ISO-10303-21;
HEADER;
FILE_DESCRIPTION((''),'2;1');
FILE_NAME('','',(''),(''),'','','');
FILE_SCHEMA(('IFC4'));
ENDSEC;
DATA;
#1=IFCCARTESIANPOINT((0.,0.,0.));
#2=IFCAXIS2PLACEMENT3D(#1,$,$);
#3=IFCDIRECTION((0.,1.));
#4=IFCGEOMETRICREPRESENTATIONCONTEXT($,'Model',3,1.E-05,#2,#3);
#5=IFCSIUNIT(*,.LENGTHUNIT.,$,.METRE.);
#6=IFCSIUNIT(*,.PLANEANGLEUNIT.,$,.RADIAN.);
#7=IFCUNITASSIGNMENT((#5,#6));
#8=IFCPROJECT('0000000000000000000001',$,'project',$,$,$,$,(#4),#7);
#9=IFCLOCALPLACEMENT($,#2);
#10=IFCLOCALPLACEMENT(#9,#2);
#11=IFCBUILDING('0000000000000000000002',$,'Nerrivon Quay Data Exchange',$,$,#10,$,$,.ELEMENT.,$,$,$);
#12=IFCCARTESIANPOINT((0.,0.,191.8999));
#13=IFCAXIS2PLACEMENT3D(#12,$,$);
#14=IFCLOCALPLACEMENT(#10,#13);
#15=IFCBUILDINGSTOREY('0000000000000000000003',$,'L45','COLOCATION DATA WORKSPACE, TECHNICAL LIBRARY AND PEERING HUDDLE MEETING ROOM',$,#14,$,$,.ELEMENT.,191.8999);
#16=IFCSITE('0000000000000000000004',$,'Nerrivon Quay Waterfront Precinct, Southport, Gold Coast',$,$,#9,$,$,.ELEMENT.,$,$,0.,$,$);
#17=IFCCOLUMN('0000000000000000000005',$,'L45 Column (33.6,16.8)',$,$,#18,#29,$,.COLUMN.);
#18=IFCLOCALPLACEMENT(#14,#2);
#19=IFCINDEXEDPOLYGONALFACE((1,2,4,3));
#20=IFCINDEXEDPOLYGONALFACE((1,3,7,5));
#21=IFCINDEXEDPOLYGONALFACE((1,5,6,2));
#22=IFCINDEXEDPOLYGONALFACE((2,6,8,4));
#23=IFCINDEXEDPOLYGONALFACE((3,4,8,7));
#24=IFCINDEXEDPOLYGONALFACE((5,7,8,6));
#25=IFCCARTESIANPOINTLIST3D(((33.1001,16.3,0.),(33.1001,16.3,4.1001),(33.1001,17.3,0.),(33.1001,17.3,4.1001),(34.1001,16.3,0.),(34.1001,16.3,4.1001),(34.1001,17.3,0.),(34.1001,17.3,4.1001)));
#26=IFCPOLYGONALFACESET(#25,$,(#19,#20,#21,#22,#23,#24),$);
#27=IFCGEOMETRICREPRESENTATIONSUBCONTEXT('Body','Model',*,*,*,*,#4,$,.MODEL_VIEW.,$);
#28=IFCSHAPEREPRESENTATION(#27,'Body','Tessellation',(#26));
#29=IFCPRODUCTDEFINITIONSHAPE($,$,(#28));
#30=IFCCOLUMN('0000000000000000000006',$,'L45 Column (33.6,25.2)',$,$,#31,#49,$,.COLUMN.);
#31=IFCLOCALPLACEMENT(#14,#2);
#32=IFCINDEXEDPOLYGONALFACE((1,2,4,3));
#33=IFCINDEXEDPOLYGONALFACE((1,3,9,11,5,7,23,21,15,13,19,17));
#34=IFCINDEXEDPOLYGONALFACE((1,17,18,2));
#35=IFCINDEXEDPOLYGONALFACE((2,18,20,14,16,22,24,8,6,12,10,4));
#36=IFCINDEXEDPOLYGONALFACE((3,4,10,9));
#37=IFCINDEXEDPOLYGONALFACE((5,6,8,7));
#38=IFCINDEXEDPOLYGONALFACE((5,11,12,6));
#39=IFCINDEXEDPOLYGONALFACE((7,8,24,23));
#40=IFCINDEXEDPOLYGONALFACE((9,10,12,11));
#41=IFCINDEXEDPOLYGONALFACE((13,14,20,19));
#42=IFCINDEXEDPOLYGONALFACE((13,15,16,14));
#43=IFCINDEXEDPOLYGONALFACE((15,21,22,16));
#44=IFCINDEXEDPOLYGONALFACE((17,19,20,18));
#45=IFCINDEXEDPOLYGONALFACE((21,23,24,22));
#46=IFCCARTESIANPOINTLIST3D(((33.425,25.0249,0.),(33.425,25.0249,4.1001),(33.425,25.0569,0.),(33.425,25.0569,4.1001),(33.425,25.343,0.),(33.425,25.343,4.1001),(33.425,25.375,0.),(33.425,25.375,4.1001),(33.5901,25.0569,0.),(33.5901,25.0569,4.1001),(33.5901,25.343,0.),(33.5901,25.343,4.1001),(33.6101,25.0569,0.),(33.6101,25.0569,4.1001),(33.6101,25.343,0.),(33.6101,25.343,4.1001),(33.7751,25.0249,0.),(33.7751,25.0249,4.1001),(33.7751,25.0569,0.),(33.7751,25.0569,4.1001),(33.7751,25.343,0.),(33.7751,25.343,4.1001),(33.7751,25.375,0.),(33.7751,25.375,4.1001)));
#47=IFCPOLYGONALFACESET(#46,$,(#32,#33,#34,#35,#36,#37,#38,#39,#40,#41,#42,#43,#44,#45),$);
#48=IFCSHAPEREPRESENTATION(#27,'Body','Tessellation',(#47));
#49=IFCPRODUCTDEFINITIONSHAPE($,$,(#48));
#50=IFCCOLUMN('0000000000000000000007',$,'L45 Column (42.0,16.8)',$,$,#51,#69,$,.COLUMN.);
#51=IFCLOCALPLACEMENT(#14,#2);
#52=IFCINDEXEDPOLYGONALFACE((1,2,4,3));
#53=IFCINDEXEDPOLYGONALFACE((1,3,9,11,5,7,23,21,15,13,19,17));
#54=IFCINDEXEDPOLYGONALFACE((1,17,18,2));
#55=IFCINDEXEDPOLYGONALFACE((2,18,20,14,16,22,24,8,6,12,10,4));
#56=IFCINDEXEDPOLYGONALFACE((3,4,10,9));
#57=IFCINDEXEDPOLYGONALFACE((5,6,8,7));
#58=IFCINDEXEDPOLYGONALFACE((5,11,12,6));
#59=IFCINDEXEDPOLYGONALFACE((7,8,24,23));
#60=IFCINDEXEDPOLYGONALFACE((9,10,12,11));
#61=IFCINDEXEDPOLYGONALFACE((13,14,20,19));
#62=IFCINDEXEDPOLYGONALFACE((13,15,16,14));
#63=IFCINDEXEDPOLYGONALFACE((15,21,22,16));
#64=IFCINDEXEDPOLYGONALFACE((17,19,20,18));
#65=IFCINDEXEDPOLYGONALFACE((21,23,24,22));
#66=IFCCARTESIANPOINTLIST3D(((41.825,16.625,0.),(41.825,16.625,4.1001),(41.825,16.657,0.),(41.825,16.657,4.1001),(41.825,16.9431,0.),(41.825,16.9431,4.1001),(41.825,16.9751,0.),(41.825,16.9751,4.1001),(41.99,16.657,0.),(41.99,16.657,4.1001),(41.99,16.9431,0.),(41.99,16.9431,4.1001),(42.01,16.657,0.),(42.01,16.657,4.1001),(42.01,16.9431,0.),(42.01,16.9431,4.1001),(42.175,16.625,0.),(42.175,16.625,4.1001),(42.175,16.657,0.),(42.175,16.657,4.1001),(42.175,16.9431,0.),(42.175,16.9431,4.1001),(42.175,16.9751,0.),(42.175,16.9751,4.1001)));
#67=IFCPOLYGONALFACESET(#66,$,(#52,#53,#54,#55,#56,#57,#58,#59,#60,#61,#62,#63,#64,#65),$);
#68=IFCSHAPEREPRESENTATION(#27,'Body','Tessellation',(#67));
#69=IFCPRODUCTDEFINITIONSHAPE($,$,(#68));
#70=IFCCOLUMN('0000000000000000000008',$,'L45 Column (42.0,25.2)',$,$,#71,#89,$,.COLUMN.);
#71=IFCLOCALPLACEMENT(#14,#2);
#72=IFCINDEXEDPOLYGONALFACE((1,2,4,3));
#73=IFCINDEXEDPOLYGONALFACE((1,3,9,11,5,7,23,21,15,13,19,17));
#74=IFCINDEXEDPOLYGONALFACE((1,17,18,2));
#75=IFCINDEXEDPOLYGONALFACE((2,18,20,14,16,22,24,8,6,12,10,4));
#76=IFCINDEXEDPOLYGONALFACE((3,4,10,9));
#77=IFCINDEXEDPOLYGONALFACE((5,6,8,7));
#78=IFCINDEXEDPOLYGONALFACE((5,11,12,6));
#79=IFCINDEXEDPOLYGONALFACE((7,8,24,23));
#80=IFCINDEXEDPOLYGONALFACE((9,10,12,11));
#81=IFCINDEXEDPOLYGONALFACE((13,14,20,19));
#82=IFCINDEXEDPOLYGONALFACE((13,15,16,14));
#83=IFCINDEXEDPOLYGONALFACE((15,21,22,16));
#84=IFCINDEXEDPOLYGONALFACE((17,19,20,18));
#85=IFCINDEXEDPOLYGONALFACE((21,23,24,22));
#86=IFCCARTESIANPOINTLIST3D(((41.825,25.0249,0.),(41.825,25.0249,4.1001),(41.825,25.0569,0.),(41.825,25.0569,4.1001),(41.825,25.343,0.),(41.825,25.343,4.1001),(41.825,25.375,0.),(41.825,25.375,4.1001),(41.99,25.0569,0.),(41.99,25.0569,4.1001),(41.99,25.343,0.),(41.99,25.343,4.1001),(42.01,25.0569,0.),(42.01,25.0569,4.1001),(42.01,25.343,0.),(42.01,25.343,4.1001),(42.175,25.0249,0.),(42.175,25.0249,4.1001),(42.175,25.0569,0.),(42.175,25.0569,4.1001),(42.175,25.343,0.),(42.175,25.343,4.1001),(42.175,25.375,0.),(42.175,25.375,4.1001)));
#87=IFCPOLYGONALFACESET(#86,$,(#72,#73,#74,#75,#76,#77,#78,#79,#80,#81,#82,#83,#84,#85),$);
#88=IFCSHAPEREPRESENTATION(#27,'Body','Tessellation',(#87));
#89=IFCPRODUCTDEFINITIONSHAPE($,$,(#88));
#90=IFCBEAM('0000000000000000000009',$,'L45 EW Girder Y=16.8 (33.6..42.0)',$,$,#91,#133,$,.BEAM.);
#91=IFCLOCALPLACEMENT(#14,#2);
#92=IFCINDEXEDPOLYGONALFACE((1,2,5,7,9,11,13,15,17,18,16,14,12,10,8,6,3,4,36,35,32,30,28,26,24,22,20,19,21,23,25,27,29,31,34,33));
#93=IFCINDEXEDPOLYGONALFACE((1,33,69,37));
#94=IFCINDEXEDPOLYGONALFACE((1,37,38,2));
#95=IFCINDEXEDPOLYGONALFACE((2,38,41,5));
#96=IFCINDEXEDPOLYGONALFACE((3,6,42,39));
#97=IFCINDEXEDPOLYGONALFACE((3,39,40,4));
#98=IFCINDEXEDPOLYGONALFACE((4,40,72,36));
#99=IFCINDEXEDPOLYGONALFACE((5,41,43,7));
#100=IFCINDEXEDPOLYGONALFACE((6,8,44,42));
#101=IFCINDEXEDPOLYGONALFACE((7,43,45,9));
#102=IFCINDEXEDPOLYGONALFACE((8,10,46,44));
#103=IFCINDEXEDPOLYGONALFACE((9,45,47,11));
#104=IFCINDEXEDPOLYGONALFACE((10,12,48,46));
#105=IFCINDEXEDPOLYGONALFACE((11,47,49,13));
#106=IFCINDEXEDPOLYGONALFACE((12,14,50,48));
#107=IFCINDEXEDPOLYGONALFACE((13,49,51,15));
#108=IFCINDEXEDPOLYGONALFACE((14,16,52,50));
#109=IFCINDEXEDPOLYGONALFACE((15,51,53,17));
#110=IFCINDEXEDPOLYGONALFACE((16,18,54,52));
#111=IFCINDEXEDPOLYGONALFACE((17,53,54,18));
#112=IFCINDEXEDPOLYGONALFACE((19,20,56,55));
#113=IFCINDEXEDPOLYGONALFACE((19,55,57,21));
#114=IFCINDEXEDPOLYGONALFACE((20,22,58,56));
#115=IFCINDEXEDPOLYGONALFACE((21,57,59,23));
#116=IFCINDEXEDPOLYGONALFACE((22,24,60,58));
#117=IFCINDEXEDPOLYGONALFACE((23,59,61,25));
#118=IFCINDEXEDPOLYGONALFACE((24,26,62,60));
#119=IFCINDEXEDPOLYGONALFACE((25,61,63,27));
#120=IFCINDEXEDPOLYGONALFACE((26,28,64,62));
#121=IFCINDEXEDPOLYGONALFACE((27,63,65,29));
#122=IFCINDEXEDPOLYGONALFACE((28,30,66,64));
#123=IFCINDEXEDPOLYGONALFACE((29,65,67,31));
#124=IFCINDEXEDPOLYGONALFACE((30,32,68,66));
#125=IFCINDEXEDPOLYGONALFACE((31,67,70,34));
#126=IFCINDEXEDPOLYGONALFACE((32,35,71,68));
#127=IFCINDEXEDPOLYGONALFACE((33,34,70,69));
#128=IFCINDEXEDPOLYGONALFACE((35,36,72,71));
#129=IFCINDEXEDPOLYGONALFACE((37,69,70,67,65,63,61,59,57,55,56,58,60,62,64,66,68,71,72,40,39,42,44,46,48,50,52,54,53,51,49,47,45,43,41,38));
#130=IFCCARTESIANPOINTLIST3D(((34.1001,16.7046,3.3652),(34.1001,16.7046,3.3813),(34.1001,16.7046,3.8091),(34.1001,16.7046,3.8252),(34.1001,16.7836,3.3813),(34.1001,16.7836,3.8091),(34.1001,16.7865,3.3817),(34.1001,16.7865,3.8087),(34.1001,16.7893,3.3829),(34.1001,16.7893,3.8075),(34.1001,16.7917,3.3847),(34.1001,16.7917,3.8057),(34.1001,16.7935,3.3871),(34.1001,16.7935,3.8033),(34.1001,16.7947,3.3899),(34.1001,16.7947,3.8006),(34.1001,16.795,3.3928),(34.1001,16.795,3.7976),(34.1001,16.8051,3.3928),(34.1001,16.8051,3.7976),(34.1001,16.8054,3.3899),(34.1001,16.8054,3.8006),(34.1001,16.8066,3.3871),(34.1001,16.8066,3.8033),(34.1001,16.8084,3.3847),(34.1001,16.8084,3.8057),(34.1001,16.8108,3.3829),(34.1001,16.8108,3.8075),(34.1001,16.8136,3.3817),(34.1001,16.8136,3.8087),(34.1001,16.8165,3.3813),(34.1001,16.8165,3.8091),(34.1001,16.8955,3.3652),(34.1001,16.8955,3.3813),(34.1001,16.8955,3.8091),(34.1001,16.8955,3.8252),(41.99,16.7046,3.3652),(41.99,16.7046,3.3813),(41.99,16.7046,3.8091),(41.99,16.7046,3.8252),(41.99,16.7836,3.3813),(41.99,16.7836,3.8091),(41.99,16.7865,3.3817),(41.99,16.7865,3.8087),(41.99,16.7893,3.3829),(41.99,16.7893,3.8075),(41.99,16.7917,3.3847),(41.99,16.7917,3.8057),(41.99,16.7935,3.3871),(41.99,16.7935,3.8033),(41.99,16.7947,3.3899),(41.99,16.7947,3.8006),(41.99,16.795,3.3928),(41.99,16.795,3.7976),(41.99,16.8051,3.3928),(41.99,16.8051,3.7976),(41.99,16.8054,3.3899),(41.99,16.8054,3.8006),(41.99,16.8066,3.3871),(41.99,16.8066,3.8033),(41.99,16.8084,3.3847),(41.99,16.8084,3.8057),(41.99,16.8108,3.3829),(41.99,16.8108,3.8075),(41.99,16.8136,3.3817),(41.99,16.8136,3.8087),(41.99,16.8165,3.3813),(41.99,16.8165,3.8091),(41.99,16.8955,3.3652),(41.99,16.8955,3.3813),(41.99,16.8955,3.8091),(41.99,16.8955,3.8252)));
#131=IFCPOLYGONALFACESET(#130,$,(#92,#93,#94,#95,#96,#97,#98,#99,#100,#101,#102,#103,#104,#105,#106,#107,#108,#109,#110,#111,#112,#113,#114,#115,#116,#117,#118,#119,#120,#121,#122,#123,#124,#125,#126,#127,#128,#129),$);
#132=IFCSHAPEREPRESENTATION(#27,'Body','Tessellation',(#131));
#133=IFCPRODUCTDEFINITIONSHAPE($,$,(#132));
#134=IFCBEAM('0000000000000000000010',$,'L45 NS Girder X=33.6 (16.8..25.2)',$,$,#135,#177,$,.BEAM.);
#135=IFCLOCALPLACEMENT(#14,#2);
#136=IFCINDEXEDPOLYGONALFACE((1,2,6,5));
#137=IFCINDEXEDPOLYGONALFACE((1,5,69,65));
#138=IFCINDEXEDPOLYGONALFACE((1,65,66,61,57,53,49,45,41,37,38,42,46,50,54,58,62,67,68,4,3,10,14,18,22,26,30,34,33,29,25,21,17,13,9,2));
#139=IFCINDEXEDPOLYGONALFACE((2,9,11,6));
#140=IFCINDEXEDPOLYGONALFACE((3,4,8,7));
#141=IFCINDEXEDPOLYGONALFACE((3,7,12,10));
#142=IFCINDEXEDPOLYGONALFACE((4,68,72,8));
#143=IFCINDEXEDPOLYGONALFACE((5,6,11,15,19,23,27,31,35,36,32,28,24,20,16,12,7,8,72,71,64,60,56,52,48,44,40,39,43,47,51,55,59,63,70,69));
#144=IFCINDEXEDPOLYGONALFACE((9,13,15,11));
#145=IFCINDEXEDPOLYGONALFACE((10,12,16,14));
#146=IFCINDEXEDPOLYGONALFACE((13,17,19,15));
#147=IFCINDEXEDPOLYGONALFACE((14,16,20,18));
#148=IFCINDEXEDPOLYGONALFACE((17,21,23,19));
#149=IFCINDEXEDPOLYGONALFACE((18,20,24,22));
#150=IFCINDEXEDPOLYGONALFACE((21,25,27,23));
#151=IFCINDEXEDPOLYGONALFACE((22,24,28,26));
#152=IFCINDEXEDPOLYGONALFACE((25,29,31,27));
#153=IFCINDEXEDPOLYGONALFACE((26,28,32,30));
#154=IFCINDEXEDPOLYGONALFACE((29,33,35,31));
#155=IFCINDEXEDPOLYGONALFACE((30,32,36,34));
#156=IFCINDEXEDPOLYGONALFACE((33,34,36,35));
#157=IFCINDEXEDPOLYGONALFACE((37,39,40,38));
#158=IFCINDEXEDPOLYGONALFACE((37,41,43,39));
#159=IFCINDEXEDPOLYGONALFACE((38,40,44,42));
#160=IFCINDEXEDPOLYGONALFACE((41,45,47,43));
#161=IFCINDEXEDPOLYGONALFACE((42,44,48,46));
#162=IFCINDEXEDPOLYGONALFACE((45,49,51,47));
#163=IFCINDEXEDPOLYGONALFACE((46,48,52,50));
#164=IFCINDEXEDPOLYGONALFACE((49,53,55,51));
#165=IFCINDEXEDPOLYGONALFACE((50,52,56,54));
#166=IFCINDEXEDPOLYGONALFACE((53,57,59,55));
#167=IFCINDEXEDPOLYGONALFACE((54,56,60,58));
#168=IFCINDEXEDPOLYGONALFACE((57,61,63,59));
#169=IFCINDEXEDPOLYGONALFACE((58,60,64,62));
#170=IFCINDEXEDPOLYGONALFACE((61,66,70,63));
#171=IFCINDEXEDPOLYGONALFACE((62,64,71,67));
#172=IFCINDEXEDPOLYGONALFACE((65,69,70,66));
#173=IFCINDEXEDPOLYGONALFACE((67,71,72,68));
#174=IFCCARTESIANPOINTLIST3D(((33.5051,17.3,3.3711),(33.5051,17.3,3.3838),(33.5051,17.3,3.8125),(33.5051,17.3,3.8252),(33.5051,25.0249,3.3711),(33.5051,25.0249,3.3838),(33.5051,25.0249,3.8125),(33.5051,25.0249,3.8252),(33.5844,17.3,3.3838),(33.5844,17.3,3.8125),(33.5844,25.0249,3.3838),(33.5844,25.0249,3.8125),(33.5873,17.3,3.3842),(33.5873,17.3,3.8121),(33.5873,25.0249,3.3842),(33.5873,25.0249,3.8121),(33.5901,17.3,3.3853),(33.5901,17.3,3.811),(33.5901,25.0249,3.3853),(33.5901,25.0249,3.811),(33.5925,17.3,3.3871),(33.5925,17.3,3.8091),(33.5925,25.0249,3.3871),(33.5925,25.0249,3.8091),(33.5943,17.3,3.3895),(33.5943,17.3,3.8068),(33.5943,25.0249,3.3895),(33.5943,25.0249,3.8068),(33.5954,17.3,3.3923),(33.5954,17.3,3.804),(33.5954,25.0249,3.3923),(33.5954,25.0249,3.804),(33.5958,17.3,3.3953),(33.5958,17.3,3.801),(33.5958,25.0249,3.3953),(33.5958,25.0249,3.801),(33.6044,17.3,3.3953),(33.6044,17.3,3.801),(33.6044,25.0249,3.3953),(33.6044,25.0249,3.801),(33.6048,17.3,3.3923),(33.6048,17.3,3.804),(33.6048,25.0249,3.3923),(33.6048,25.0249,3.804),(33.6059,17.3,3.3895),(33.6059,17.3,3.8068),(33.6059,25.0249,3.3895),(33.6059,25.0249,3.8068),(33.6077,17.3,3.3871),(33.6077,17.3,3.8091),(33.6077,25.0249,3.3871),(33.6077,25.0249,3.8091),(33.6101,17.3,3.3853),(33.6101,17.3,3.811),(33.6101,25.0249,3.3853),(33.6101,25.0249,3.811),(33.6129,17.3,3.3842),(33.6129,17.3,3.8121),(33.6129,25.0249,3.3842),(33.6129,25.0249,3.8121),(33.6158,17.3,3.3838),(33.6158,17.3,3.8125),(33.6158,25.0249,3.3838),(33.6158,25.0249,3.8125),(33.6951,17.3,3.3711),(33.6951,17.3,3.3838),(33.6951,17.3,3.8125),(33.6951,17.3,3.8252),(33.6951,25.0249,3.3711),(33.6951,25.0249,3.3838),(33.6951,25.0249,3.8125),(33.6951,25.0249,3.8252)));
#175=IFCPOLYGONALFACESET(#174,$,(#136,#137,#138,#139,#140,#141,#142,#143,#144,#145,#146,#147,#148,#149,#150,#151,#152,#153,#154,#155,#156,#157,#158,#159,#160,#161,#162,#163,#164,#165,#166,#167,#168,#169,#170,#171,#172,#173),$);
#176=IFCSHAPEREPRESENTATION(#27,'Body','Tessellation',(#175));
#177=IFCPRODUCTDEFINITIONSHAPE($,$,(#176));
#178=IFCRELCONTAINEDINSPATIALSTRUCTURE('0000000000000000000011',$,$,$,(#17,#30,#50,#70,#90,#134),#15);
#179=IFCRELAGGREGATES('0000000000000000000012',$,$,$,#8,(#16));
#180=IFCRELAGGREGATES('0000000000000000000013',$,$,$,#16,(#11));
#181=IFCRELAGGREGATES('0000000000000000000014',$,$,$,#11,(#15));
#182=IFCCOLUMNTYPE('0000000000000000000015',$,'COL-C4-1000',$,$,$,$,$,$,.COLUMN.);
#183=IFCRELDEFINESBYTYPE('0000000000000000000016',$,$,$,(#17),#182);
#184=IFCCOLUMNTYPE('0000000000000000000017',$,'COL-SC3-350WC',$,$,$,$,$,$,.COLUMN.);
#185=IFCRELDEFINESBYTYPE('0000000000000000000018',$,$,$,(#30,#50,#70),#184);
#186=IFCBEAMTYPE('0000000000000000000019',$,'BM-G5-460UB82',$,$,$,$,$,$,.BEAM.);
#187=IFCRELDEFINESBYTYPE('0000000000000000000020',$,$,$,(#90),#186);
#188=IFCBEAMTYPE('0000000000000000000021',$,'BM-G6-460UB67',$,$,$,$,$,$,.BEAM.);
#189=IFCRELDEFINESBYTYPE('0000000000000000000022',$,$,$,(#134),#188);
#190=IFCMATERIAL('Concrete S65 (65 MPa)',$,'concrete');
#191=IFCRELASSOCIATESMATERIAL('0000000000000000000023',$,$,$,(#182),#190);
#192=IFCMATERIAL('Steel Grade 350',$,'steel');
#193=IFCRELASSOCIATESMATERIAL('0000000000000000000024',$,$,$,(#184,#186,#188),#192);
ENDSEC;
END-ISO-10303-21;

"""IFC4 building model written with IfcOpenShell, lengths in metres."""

from ifc_helpers import new_model, si_unit, direction, frame, origin, origin_2d, place, context, subcontext, project, spatial, rectangle, i_section, extrude, material, material_profile, profile_set, type_object, element, save


model = new_model("IFC4")

# Units and contexts
model_context = context("Model", 3, precision=1e-05, world=origin(), true_north=direction((0.0, 1.0)))
body_context = subcontext(model_context, "Body", "Model", "MODEL_VIEW")
ifc_project = project(units=[si_unit("LENGTHUNIT", "METRE"), si_unit("PLANEANGLEUNIT", "RADIAN")], contexts=[model_context])

# Site, building, storey
site_placement = place(None, origin())
site = spatial("IfcSite", under=ifc_project, at=site_placement, Name="Nerrivon Quay Waterfront Precinct, Southport, Gold Coast", CompositionType="ELEMENT", RefElevation=0.0)
building_placement = place(site_placement, origin())
building = spatial("IfcBuilding", under=site, at=building_placement, Name="Nerrivon Quay Data Exchange", CompositionType="ELEMENT")
storey_placement = place(building_placement, frame((0.0, 0.0, 191.8999)))
storey = spatial("IfcBuildingStorey", under=building, at=storey_placement, Name="L45", Description="COLOCATION DATA WORKSPACE, TECHNICAL LIBRARY AND PEERING HUDDLE MEETING ROOM", CompositionType="ELEMENT", Elevation=191.8999)

# Columns
ifc_material_1 = material(Name="Concrete S65 (65 MPa)", Category="concrete")
ifc_material_profile_1 = material_profile(ifc_material_1, rectangle(XDim=1.0, YDim=1.0, at=origin_2d()), Name="RC-COL-1000x1000")
ifc_profile_set_1 = profile_set([ifc_material_profile_1], Name="Concrete S65 (65 MPa)")
column_type_1 = type_object("IfcColumnType", Name="COL-C4-1000", PredefinedType="COLUMN", material=ifc_profile_set_1)
column_placement = place(storey_placement, frame((33.6001, 16.8, 0.0), z_axis=(0.0, 0.0, 1.0), x_axis=(1.0, 0.0, 0.0)))
element("IfcColumn", 1, at=column_placement, inside=storey, type_object=column_type_1, Name="L45 Column (33.6,16.8)", PredefinedType="COLUMN", context=body_context, shape_type="SweptSolid", body=[
    extrude(rectangle(XDim=1.0, YDim=1.0, at=origin_2d()), origin(), (0.0, 0.0, 1.0), 4.1001),
])
ifc_material_2 = material(Name="Steel Grade 350", Category="steel")
ifc_material_profile_2 = material_profile(ifc_material_2, i_section(OverallWidth=0.3501, OverallDepth=0.3501, WebThickness=0.02, FlangeThickness=0.032, at=origin_2d()), Name="350WC230")
ifc_profile_set_2 = profile_set([ifc_material_profile_2], Name="Steel Grade 350")
column_type_2 = type_object("IfcColumnType", Name="COL-SC3-350WC", PredefinedType="COLUMN", material=ifc_profile_set_2)
for number, where, z_axis, x_axis, name in (
    (2, (33.6001, 25.2, 0.0), (0.0, 0.0, 1.0), (1.0, 0.0, 0.0), "L45 Column (33.6,25.2)"),
    (3, (42.0, 16.8, 0.0), (0.0, 0.0, 1.0), (1.0, 0.0, 0.0), "L45 Column (42.0,16.8)"),
    (4, (42.0, 25.2, 0.0), (0.0, 0.0, 1.0), (1.0, 0.0, 0.0), "L45 Column (42.0,25.2)"),
):
    element("IfcColumn", number, at=place(storey_placement, frame(where, z_axis=z_axis, x_axis=x_axis)), inside=storey, type_object=column_type_2, Name=name, PredefinedType="COLUMN", context=body_context, shape_type="SweptSolid", body=[
        extrude(i_section(OverallWidth=0.3501, OverallDepth=0.3501, WebThickness=0.02, FlangeThickness=0.032, at=origin_2d()), origin(), (0.0, 0.0, 1.0), 4.1001),
    ])

# Beams
ifc_material_profile_3 = material_profile(ifc_material_2, i_section(OverallWidth=0.1909, OverallDepth=0.46, WebThickness=0.01, FlangeThickness=0.0161, FilletRadius=0.0115, at=origin_2d()), Name="460UB82.1")
ifc_profile_set_3 = profile_set([ifc_material_profile_3], Name="Steel Grade 350")
beam_type_1 = type_object("IfcBeamType", Name="BM-G5-460UB82", PredefinedType="BEAM", material=ifc_profile_set_3)
beam_1_placement = place(storey_placement, frame((34.1001, 16.8, 3.5952), z_axis=(1.0, 0.0, 0.0), x_axis=(0.0, 1.0, 0.0)))
element("IfcBeam", 5, at=beam_1_placement, inside=storey, type_object=beam_type_1, Name="L45 EW Girder Y=16.8 (33.6..42.0)", PredefinedType="BEAM", context=body_context, shape_type="SweptSolid", body=[
    extrude(i_section(OverallWidth=0.1909, OverallDepth=0.46, WebThickness=0.01, FlangeThickness=0.0161, FilletRadius=0.0115, at=origin_2d()), origin(), (0.0, 0.0, 1.0), 7.8899),
])
ifc_material_profile_4 = material_profile(ifc_material_2, i_section(OverallWidth=0.1899, OverallDepth=0.4541, WebThickness=0.0085, FlangeThickness=0.0127, FilletRadius=0.0115, at=origin_2d()), Name="460UB67.1")
ifc_profile_set_4 = profile_set([ifc_material_profile_4], Name="Steel Grade 350")
beam_type_2 = type_object("IfcBeamType", Name="BM-G6-460UB67", PredefinedType="BEAM", material=ifc_profile_set_4)
beam_2_placement = place(storey_placement, frame((33.6001, 17.3, 3.5981), z_axis=(0.0, 1.0, 0.0), x_axis=(-1.0, 0.0, 0.0)))
element("IfcBeam", 6, at=beam_2_placement, inside=storey, type_object=beam_type_2, Name="L45 NS Girder X=33.6 (16.8..25.2)", PredefinedType="BEAM", context=body_context, shape_type="SweptSolid", body=[
    extrude(i_section(OverallWidth=0.1899, OverallDepth=0.4541, WebThickness=0.0085, FlangeThickness=0.0127, FilletRadius=0.0115, at=origin_2d()), origin(), (0.0, 0.0, 1.0), 7.7249),
])

save(model, "model.ifc")
